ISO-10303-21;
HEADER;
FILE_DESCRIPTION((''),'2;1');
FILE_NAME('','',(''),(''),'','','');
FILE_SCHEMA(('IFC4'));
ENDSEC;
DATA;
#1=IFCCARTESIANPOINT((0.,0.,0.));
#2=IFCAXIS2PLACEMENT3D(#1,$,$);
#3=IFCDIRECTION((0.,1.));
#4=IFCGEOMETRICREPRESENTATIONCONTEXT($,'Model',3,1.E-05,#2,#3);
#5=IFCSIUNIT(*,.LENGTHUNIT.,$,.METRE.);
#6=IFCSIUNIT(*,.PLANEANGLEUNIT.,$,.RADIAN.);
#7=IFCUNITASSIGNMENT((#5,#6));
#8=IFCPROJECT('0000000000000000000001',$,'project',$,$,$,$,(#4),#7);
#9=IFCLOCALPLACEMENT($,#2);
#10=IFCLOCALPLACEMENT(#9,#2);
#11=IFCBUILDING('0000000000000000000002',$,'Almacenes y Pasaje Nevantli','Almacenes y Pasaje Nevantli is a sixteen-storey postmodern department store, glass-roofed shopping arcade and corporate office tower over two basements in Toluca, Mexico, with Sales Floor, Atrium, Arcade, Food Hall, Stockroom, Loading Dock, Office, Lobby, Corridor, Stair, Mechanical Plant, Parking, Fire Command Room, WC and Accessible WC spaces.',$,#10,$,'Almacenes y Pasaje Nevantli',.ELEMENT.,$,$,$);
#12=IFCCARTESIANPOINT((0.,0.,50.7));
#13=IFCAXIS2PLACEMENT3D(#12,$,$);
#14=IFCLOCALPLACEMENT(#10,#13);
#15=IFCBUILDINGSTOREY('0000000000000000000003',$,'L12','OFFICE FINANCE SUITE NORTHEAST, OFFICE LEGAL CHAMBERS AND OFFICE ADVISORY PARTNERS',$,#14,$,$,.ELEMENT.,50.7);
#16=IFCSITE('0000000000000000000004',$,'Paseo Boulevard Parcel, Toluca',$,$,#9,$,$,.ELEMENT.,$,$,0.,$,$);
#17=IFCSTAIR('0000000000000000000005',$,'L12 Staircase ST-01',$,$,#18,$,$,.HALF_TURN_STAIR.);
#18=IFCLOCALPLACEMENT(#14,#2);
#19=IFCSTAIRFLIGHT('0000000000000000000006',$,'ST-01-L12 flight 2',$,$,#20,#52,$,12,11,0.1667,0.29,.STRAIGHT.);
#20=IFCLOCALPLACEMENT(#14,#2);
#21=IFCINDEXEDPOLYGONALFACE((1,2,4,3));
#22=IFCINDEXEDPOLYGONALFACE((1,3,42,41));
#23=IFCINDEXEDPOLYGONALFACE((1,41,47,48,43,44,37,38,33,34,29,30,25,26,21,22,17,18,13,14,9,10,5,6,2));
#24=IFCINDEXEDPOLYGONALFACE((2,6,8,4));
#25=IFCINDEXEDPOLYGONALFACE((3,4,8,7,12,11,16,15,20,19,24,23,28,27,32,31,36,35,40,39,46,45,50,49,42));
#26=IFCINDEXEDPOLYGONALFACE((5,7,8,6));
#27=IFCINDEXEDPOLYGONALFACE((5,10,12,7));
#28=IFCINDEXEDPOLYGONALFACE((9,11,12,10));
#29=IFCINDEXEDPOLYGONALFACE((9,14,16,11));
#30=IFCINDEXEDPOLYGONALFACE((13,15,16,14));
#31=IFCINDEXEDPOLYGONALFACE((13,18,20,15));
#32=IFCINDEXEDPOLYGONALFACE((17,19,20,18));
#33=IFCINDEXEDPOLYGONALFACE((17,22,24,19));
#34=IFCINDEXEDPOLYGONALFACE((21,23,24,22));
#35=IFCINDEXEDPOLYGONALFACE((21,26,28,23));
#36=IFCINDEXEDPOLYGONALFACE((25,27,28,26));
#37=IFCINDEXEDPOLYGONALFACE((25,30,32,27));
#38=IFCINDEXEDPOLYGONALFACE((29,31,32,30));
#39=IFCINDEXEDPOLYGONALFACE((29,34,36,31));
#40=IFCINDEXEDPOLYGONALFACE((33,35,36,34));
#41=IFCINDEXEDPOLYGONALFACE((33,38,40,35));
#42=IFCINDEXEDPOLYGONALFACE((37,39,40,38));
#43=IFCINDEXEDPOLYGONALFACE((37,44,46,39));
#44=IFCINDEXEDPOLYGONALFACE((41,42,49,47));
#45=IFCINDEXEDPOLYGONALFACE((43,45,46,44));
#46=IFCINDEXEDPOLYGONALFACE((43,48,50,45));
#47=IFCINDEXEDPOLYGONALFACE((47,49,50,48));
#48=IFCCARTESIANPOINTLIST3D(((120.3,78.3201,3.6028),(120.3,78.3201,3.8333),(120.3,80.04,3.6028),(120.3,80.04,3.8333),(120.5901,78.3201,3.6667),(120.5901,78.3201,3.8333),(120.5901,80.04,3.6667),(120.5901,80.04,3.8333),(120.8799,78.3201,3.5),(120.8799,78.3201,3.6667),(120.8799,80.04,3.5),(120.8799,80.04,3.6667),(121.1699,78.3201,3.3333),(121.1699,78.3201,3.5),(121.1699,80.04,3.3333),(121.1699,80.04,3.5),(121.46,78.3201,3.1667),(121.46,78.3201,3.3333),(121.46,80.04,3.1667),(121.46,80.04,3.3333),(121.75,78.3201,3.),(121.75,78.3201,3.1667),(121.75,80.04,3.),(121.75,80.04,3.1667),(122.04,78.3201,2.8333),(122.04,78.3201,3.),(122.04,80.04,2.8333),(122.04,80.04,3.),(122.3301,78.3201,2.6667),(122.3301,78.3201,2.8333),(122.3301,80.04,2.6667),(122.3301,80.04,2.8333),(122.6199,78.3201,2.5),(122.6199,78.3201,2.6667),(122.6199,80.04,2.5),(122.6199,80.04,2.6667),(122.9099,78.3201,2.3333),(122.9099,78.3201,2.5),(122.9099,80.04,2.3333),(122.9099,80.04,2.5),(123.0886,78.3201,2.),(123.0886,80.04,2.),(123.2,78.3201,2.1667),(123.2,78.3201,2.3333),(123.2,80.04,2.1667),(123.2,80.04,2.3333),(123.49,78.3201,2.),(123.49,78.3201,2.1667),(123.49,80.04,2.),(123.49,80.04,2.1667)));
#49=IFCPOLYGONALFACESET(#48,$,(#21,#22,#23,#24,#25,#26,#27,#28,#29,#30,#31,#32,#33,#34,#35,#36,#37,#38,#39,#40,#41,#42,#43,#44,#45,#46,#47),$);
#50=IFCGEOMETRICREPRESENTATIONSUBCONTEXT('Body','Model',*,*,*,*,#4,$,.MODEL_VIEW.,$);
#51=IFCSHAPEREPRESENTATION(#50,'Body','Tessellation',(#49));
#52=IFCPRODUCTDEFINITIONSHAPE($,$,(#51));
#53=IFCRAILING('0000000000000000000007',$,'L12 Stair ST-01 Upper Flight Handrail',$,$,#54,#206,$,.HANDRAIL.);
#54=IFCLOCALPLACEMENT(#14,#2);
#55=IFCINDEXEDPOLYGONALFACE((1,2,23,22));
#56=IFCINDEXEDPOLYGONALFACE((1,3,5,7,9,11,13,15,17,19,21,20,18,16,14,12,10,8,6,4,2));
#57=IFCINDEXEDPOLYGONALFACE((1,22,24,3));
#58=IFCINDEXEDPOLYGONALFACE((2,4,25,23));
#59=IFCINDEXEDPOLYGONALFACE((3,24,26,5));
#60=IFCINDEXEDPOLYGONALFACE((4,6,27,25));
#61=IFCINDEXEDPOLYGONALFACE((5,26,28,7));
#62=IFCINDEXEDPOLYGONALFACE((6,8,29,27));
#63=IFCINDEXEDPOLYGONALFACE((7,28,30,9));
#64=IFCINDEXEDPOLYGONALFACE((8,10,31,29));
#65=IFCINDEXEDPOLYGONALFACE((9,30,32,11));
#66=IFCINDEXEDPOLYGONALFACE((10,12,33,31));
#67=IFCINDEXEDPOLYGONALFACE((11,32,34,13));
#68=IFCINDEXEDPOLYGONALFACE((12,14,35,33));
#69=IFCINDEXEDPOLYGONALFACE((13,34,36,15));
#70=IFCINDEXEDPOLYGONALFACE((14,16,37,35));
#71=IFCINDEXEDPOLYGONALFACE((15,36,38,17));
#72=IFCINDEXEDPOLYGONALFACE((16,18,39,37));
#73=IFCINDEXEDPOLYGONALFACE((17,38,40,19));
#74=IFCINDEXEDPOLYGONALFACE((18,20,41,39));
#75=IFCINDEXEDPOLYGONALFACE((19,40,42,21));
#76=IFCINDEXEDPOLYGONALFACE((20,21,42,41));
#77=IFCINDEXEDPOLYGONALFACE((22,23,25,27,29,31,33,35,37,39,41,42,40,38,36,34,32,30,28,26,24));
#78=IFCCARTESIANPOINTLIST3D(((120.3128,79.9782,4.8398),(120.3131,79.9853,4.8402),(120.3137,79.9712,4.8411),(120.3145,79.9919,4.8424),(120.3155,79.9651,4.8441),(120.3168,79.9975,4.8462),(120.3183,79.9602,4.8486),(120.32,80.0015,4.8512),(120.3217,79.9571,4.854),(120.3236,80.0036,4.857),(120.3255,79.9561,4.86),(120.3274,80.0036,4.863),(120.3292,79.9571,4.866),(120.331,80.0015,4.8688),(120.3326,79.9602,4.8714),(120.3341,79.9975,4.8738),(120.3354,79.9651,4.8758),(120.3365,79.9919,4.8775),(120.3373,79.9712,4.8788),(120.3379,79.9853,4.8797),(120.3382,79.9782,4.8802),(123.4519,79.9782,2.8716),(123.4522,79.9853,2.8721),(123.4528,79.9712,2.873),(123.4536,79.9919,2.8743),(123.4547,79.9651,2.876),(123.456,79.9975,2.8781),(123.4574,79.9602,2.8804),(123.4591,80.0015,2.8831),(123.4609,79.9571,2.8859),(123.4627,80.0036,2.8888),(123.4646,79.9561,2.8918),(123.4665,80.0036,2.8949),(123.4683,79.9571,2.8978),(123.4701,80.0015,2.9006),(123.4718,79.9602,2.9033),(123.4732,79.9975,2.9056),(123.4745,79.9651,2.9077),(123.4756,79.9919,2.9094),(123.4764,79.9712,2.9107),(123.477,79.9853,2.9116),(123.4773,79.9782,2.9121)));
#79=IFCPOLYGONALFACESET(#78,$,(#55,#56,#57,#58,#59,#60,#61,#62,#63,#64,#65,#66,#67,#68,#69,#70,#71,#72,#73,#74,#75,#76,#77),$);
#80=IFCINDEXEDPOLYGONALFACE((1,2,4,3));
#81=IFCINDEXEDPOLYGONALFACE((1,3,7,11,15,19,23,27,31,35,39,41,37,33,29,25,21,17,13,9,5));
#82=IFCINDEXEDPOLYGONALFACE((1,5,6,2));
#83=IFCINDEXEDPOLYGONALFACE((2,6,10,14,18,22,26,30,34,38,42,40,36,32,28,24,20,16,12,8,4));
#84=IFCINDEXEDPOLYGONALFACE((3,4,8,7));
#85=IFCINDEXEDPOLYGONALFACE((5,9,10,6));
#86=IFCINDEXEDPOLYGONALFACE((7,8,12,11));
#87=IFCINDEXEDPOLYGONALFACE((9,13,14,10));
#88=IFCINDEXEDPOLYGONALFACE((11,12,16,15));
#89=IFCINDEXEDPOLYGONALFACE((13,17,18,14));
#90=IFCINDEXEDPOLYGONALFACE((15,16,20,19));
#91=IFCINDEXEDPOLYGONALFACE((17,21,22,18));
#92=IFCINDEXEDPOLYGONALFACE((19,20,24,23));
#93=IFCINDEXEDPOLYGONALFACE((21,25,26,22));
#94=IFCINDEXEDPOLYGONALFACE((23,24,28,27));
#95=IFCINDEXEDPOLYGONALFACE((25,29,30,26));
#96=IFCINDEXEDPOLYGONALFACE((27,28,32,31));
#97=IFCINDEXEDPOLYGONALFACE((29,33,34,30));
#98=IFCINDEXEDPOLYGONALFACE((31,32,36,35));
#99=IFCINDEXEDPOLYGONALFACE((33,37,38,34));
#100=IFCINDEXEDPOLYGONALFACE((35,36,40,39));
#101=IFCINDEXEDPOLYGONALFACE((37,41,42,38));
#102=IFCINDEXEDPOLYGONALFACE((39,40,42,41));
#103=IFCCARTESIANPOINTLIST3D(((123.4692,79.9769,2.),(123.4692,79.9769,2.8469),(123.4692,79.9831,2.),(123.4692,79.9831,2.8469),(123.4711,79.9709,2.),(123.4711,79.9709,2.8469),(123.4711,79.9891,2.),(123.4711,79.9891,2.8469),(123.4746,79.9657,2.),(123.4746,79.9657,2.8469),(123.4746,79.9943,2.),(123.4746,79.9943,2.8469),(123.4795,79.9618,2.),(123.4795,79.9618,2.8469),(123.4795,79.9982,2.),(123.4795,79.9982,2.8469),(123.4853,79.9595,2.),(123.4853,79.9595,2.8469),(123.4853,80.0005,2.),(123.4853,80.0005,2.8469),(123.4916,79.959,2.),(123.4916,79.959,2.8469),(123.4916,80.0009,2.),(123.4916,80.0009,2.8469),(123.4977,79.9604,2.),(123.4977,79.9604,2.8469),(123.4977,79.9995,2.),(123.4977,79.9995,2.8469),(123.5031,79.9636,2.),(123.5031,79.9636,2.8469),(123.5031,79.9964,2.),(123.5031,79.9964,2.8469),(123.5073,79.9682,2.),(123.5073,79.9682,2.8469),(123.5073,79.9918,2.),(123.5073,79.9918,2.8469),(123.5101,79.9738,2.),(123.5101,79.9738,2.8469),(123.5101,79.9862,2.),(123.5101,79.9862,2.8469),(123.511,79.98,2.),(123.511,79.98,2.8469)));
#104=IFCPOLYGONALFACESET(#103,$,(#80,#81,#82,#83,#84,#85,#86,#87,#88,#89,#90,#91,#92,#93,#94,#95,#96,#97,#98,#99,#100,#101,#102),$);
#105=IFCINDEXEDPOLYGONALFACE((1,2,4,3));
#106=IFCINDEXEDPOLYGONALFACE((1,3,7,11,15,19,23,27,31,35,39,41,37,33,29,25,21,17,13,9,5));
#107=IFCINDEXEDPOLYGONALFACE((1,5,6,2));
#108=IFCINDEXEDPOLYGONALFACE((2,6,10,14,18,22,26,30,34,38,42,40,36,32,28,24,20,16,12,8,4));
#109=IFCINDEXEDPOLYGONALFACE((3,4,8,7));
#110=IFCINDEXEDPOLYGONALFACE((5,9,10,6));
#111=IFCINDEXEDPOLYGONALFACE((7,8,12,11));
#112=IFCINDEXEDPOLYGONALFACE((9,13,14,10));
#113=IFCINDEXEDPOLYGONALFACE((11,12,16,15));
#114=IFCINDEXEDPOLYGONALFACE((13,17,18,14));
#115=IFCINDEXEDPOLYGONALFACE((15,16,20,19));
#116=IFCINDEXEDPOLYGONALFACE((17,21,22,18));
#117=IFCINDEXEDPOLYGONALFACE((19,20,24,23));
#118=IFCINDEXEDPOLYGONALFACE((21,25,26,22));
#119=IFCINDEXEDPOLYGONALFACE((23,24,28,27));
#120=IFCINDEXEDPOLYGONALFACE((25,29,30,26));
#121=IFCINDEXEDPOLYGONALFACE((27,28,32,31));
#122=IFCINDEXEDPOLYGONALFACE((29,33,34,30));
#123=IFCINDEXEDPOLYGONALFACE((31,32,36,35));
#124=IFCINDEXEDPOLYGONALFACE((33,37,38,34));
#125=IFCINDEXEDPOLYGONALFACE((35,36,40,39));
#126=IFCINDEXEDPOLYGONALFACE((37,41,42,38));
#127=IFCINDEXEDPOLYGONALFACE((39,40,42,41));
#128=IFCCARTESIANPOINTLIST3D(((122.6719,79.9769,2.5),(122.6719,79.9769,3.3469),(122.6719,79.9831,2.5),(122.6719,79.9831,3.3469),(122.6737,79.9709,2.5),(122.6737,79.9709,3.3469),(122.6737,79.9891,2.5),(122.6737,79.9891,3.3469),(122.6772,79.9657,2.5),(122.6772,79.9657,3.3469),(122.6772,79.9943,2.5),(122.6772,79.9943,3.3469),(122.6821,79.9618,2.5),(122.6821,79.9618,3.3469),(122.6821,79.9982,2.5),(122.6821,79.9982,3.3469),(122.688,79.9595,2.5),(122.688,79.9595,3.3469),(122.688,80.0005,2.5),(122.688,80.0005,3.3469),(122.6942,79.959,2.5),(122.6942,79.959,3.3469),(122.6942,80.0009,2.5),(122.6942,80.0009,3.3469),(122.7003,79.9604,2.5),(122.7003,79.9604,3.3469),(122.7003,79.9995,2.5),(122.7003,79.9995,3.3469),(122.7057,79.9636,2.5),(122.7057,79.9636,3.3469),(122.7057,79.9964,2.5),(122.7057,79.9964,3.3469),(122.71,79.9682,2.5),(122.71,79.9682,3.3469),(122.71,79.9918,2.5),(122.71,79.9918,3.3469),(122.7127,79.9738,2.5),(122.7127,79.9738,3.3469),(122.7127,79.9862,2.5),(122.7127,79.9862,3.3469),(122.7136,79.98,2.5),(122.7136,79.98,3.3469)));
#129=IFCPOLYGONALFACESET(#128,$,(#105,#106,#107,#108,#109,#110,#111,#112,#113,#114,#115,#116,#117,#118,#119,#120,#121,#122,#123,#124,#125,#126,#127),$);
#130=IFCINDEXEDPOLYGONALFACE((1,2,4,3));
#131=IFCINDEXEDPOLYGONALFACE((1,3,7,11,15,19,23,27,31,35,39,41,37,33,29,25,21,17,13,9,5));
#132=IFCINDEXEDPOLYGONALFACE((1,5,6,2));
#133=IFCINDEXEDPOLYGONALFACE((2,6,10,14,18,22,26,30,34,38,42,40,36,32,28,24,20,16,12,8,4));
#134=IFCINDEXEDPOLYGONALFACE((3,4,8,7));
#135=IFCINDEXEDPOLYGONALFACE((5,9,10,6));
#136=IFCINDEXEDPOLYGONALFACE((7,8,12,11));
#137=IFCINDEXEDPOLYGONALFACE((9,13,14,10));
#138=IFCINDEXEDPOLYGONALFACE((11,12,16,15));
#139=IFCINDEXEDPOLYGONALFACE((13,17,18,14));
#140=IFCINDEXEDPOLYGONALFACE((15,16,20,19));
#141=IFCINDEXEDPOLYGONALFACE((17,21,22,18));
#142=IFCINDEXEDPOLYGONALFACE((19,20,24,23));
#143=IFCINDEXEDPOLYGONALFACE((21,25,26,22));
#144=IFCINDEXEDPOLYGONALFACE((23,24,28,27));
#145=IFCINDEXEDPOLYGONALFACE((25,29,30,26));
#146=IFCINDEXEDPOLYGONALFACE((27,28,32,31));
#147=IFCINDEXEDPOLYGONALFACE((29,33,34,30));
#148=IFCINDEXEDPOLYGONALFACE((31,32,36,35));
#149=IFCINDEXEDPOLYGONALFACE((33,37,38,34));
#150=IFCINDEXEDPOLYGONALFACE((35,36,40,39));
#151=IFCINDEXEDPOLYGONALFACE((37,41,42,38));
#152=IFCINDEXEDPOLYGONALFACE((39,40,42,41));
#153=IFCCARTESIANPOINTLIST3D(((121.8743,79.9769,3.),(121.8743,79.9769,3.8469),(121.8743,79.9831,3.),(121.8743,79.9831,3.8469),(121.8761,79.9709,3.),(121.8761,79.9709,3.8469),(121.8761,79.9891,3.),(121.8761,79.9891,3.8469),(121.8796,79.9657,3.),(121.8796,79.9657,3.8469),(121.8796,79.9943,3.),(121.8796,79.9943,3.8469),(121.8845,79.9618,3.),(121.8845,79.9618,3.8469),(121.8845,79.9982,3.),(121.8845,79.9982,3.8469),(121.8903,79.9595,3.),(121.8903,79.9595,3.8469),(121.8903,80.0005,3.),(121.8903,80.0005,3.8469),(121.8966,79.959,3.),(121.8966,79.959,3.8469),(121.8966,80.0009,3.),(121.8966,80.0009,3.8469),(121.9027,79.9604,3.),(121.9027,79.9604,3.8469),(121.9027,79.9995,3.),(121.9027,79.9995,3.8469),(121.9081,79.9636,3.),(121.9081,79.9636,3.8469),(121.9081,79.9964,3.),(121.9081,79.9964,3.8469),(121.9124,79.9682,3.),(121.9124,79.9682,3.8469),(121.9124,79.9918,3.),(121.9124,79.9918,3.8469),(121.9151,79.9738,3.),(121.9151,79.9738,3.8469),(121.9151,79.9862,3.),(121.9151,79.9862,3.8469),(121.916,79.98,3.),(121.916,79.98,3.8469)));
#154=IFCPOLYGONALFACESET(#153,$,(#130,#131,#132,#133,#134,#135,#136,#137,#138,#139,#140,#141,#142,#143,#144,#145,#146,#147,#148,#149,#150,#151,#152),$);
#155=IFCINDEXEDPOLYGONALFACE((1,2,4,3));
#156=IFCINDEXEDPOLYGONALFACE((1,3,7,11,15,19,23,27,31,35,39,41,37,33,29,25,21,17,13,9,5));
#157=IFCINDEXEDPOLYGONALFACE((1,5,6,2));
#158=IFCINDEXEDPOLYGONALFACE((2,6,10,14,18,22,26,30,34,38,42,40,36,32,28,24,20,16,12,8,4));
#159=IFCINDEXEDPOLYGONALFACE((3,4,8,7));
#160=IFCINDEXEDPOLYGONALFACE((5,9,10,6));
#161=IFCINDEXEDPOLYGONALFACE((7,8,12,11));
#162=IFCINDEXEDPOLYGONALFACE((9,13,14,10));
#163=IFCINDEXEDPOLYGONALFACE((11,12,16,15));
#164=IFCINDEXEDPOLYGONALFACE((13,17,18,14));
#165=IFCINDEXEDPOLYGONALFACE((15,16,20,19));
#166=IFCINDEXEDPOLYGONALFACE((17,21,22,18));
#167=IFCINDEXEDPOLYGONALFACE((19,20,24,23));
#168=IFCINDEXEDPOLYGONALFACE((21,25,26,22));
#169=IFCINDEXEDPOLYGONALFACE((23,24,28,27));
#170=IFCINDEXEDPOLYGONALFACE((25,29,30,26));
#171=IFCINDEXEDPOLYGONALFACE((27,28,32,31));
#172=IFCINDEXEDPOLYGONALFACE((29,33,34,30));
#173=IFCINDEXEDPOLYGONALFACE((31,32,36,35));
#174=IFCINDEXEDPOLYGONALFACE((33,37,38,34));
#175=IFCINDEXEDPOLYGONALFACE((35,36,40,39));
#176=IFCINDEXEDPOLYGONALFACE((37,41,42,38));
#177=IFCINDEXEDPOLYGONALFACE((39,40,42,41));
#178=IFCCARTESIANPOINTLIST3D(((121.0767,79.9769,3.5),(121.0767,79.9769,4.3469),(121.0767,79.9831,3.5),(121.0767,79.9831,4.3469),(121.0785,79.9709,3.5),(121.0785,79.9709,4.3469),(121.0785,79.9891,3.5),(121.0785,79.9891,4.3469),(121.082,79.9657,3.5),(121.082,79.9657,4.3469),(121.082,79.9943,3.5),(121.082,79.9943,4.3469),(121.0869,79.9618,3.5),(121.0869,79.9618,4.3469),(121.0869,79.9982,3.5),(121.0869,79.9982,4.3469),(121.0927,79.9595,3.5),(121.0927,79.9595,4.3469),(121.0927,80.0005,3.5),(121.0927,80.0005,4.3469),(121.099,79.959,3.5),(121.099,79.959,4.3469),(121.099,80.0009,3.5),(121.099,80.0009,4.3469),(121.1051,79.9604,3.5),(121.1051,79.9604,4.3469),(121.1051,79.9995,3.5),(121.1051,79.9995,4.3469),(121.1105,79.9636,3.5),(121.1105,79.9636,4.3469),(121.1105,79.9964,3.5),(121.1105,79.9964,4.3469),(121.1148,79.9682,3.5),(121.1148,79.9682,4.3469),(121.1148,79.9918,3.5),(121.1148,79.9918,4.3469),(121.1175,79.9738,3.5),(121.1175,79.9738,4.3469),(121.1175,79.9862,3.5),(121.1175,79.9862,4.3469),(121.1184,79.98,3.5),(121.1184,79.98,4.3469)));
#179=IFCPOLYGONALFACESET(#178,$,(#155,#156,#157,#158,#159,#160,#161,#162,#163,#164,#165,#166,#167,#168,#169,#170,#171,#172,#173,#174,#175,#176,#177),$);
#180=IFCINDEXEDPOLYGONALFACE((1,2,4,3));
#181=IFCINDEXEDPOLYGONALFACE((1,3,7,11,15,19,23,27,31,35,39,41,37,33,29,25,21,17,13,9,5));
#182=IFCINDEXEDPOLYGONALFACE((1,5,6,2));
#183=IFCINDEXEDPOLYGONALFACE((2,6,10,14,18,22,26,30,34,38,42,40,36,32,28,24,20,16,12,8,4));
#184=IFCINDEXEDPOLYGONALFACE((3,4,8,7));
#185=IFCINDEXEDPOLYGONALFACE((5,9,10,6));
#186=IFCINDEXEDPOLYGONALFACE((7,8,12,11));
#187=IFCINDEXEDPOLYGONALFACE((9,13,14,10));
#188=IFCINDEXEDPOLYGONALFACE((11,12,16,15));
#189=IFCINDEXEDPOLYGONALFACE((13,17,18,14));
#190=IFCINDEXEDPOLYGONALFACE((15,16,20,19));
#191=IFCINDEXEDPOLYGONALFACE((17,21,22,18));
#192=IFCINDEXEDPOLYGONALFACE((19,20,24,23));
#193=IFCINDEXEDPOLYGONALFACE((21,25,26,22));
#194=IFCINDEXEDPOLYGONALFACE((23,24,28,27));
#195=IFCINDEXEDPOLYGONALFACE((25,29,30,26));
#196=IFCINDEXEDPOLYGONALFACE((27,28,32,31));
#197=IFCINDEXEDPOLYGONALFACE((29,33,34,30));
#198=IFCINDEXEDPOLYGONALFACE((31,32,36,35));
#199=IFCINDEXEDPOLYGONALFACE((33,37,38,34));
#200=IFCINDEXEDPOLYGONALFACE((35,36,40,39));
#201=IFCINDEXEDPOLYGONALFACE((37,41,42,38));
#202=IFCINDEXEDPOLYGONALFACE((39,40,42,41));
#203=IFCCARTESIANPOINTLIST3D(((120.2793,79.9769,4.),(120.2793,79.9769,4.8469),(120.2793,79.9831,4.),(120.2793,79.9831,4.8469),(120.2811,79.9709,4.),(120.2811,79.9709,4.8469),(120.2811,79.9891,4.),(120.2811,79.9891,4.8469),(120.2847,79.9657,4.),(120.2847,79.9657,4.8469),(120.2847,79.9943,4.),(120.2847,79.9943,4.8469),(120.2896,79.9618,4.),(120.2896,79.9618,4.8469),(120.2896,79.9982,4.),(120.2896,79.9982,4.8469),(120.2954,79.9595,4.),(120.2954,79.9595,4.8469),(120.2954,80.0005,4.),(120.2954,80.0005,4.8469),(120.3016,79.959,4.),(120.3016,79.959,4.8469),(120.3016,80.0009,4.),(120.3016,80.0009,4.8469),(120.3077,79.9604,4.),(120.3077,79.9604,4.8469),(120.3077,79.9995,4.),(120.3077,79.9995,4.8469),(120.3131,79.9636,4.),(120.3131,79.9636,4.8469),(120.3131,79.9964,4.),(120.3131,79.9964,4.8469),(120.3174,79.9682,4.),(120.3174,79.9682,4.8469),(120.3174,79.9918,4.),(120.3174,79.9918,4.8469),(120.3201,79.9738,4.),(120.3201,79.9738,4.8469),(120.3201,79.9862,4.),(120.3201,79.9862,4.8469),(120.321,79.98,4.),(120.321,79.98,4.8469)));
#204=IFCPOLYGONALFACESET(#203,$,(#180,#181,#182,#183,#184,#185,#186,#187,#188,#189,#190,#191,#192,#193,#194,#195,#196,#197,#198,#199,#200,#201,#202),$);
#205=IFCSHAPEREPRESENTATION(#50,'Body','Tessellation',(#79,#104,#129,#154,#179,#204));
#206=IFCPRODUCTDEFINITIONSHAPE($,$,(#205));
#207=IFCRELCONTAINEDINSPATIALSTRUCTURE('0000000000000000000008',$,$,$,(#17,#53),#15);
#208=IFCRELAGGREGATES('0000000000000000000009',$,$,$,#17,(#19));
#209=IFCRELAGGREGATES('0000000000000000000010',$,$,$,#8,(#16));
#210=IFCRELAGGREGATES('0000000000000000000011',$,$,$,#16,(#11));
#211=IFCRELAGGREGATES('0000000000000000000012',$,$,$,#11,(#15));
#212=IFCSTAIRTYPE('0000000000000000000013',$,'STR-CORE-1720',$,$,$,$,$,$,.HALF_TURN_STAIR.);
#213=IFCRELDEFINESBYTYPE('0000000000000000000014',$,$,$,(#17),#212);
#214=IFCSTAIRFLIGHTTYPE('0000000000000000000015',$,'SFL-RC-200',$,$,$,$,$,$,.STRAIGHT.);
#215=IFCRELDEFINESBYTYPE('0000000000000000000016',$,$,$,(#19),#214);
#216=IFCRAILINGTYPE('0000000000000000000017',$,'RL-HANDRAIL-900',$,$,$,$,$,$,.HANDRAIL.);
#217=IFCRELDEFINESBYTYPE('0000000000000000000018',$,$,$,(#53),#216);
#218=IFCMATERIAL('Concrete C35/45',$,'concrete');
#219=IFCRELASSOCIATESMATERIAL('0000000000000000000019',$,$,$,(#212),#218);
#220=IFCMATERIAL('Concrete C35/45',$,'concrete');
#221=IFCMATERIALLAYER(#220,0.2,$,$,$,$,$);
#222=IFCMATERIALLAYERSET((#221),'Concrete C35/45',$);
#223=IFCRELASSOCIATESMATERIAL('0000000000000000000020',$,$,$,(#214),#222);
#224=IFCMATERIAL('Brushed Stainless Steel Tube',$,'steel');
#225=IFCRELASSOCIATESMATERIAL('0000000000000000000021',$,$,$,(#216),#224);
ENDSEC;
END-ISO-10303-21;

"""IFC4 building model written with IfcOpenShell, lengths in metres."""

from ifc_helpers import new_model, si_unit, direction, frame, origin, origin_2d, place, context, subcontext, project, spatial, polyline, circle, outline, extrude, material, layer, layer_set, type_object, element, aggregate, save


model = new_model("IFC4")

# Units and contexts
model_context = context("Model", 3, precision=1e-05, world=origin(), true_north=direction((0.0, 1.0)))
body_context = subcontext(model_context, "Body", "Model", "MODEL_VIEW")
ifc_project = project(units=[si_unit("LENGTHUNIT", "METRE"), si_unit("PLANEANGLEUNIT", "RADIAN")], contexts=[model_context])

# Site, building, storey
site_placement = place(None, origin())
site = spatial("IfcSite", under=ifc_project, at=site_placement, Name="Paseo Boulevard Parcel, Toluca", CompositionType="ELEMENT", RefElevation=0.0)
building_placement = place(site_placement, origin())
building = spatial("IfcBuilding", under=site, at=building_placement, Name="Almacenes y Pasaje Nevantli", Description="Almacenes y Pasaje Nevantli is a sixteen-storey postmodern department store, glass-roofed shopping arcade and corporate office tower over two basements in Toluca, Mexico, with Sales Floor, Atrium, Arcade, Food Hall, Stockroom, Loading Dock, Office, Lobby, Corridor, Stair, Mechanical Plant, Parking, Fire Command Room, WC and Accessible WC spaces.", LongName="Almacenes y Pasaje Nevantli", CompositionType="ELEMENT")
storey_placement = place(building_placement, frame((0.0, 0.0, 50.7)))
storey = spatial("IfcBuildingStorey", under=building, at=storey_placement, Name="L12", Description="OFFICE FINANCE SUITE NORTHEAST, OFFICE LEGAL CHAMBERS AND OFFICE ADVISORY PARTNERS", CompositionType="ELEMENT", Elevation=50.7)

# Stair, stair flight
ifc_material_1 = material(Name="Concrete C35/45", Category="concrete")
stair_type = type_object("IfcStairType", Name="STR-CORE-1720", PredefinedType="HALF_TURN_STAIR", material=ifc_material_1)
stair_placement = place(storey_placement, origin())
stair = element("IfcStair", 1, at=stair_placement, inside=storey, type_object=stair_type, Name="L12 Staircase ST-01", PredefinedType="HALF_TURN_STAIR")
ifc_material_2 = material(Name="Concrete C35/45", Category="concrete")
ifc_layer_1 = layer(ifc_material_2, 0.2)
ifc_layer_set_1 = layer_set([ifc_layer_1], Name="Concrete C35/45")
stair_flight_type = type_object("IfcStairFlightType", Name="SFL-RC-200", PredefinedType="STRAIGHT", material=ifc_layer_set_1)
stair_flight_placement = place(storey_placement, frame((123.49, 79.1799, 2.0), z_axis=(0.0, 0.0, 1.0), x_axis=(-1.0, 0.0, 0.0)))
stair_flight = element("IfcStairFlight", 2, at=stair_flight_placement, type_object=stair_flight_type, Name="ST-01-L12 flight 2", NumberOfRisers=12, NumberOfTreads=11, PredefinedType="STRAIGHT", RiserHeight=0.1667, TreadLength=0.29, context=body_context, shape_type="SweptSolid", body=[
    extrude(outline(polyline([(0.0, 0.0), (0.0, 0.1667), (0.29, 0.1667), (0.29, 0.3333), (0.5801, 0.3333), (0.5801, 0.5), (0.8701, 0.5), (0.8701, 0.6667), (1.1599, 0.6667), (1.1599, 0.8333), (1.45, 0.8333), (1.45, 1.0), (1.74, 1.0), (1.74, 1.1667), (2.03, 1.1667), (2.03, 1.3333), (2.3201, 1.3333), (2.3201, 1.5), (2.6101, 1.5), (2.6101, 1.6667), (2.8999, 1.6667), (2.8999, 1.8333), (3.1899, 1.8333), (3.1899, 2.0), (3.1899, 1.6028), (0.4014, 0.0), (0.0, 0.0)])), frame((0.0, 0.8599, 0.0), z_axis=(0.0, -1.0, 0.0), x_axis=(1.0, 0.0, 0.0)), (0.0, 0.0, 1.0), 1.72),
])
aggregate(stair, [stair_flight])

# Railing
ifc_material_3 = material(Name="Brushed Stainless Steel Tube", Category="steel")
railing_type = type_object("IfcRailingType", Name="RL-HANDRAIL-900", PredefinedType="HANDRAIL", material=ifc_material_3)
railing_placement = place(storey_placement, frame((123.49, 79.98, 2.0)))
element("IfcRailing", 3, at=railing_placement, inside=storey, type_object=railing_type, Name="L12 Stair ST-01 Upper Flight Handrail", PredefinedType="HANDRAIL", context=body_context, shape_type="SweptSolid", body=[
    extrude(circle(Radius=0.0239, at=origin_2d()), frame((-0.0254, 0.0, 0.8918), z_axis=(-0.847247, 0.0, 0.531199), x_axis=(0.0, -1.0, 0.0)), (0.0, 0.0, 1.0), 3.7051),
    extrude(circle(Radius=0.021, at=origin_2d()), origin(), (0.0, 0.0, 1.0), 0.8469),
    extrude(circle(Radius=0.021, at=origin_2d()), frame((-0.7974, 0.0, 0.5)), (0.0, 0.0, 1.0), 0.8469),
    extrude(circle(Radius=0.021, at=origin_2d()), frame((-1.595, 0.0, 1.0)), (0.0, 0.0, 1.0), 0.8469),
    extrude(circle(Radius=0.021, at=origin_2d()), frame((-2.3926, 0.0, 1.5)), (0.0, 0.0, 1.0), 0.8469),
    extrude(circle(Radius=0.021, at=origin_2d()), frame((-3.1899, 0.0, 2.0)), (0.0, 0.0, 1.0), 0.8469),
])

save(model, "model.ifc")
